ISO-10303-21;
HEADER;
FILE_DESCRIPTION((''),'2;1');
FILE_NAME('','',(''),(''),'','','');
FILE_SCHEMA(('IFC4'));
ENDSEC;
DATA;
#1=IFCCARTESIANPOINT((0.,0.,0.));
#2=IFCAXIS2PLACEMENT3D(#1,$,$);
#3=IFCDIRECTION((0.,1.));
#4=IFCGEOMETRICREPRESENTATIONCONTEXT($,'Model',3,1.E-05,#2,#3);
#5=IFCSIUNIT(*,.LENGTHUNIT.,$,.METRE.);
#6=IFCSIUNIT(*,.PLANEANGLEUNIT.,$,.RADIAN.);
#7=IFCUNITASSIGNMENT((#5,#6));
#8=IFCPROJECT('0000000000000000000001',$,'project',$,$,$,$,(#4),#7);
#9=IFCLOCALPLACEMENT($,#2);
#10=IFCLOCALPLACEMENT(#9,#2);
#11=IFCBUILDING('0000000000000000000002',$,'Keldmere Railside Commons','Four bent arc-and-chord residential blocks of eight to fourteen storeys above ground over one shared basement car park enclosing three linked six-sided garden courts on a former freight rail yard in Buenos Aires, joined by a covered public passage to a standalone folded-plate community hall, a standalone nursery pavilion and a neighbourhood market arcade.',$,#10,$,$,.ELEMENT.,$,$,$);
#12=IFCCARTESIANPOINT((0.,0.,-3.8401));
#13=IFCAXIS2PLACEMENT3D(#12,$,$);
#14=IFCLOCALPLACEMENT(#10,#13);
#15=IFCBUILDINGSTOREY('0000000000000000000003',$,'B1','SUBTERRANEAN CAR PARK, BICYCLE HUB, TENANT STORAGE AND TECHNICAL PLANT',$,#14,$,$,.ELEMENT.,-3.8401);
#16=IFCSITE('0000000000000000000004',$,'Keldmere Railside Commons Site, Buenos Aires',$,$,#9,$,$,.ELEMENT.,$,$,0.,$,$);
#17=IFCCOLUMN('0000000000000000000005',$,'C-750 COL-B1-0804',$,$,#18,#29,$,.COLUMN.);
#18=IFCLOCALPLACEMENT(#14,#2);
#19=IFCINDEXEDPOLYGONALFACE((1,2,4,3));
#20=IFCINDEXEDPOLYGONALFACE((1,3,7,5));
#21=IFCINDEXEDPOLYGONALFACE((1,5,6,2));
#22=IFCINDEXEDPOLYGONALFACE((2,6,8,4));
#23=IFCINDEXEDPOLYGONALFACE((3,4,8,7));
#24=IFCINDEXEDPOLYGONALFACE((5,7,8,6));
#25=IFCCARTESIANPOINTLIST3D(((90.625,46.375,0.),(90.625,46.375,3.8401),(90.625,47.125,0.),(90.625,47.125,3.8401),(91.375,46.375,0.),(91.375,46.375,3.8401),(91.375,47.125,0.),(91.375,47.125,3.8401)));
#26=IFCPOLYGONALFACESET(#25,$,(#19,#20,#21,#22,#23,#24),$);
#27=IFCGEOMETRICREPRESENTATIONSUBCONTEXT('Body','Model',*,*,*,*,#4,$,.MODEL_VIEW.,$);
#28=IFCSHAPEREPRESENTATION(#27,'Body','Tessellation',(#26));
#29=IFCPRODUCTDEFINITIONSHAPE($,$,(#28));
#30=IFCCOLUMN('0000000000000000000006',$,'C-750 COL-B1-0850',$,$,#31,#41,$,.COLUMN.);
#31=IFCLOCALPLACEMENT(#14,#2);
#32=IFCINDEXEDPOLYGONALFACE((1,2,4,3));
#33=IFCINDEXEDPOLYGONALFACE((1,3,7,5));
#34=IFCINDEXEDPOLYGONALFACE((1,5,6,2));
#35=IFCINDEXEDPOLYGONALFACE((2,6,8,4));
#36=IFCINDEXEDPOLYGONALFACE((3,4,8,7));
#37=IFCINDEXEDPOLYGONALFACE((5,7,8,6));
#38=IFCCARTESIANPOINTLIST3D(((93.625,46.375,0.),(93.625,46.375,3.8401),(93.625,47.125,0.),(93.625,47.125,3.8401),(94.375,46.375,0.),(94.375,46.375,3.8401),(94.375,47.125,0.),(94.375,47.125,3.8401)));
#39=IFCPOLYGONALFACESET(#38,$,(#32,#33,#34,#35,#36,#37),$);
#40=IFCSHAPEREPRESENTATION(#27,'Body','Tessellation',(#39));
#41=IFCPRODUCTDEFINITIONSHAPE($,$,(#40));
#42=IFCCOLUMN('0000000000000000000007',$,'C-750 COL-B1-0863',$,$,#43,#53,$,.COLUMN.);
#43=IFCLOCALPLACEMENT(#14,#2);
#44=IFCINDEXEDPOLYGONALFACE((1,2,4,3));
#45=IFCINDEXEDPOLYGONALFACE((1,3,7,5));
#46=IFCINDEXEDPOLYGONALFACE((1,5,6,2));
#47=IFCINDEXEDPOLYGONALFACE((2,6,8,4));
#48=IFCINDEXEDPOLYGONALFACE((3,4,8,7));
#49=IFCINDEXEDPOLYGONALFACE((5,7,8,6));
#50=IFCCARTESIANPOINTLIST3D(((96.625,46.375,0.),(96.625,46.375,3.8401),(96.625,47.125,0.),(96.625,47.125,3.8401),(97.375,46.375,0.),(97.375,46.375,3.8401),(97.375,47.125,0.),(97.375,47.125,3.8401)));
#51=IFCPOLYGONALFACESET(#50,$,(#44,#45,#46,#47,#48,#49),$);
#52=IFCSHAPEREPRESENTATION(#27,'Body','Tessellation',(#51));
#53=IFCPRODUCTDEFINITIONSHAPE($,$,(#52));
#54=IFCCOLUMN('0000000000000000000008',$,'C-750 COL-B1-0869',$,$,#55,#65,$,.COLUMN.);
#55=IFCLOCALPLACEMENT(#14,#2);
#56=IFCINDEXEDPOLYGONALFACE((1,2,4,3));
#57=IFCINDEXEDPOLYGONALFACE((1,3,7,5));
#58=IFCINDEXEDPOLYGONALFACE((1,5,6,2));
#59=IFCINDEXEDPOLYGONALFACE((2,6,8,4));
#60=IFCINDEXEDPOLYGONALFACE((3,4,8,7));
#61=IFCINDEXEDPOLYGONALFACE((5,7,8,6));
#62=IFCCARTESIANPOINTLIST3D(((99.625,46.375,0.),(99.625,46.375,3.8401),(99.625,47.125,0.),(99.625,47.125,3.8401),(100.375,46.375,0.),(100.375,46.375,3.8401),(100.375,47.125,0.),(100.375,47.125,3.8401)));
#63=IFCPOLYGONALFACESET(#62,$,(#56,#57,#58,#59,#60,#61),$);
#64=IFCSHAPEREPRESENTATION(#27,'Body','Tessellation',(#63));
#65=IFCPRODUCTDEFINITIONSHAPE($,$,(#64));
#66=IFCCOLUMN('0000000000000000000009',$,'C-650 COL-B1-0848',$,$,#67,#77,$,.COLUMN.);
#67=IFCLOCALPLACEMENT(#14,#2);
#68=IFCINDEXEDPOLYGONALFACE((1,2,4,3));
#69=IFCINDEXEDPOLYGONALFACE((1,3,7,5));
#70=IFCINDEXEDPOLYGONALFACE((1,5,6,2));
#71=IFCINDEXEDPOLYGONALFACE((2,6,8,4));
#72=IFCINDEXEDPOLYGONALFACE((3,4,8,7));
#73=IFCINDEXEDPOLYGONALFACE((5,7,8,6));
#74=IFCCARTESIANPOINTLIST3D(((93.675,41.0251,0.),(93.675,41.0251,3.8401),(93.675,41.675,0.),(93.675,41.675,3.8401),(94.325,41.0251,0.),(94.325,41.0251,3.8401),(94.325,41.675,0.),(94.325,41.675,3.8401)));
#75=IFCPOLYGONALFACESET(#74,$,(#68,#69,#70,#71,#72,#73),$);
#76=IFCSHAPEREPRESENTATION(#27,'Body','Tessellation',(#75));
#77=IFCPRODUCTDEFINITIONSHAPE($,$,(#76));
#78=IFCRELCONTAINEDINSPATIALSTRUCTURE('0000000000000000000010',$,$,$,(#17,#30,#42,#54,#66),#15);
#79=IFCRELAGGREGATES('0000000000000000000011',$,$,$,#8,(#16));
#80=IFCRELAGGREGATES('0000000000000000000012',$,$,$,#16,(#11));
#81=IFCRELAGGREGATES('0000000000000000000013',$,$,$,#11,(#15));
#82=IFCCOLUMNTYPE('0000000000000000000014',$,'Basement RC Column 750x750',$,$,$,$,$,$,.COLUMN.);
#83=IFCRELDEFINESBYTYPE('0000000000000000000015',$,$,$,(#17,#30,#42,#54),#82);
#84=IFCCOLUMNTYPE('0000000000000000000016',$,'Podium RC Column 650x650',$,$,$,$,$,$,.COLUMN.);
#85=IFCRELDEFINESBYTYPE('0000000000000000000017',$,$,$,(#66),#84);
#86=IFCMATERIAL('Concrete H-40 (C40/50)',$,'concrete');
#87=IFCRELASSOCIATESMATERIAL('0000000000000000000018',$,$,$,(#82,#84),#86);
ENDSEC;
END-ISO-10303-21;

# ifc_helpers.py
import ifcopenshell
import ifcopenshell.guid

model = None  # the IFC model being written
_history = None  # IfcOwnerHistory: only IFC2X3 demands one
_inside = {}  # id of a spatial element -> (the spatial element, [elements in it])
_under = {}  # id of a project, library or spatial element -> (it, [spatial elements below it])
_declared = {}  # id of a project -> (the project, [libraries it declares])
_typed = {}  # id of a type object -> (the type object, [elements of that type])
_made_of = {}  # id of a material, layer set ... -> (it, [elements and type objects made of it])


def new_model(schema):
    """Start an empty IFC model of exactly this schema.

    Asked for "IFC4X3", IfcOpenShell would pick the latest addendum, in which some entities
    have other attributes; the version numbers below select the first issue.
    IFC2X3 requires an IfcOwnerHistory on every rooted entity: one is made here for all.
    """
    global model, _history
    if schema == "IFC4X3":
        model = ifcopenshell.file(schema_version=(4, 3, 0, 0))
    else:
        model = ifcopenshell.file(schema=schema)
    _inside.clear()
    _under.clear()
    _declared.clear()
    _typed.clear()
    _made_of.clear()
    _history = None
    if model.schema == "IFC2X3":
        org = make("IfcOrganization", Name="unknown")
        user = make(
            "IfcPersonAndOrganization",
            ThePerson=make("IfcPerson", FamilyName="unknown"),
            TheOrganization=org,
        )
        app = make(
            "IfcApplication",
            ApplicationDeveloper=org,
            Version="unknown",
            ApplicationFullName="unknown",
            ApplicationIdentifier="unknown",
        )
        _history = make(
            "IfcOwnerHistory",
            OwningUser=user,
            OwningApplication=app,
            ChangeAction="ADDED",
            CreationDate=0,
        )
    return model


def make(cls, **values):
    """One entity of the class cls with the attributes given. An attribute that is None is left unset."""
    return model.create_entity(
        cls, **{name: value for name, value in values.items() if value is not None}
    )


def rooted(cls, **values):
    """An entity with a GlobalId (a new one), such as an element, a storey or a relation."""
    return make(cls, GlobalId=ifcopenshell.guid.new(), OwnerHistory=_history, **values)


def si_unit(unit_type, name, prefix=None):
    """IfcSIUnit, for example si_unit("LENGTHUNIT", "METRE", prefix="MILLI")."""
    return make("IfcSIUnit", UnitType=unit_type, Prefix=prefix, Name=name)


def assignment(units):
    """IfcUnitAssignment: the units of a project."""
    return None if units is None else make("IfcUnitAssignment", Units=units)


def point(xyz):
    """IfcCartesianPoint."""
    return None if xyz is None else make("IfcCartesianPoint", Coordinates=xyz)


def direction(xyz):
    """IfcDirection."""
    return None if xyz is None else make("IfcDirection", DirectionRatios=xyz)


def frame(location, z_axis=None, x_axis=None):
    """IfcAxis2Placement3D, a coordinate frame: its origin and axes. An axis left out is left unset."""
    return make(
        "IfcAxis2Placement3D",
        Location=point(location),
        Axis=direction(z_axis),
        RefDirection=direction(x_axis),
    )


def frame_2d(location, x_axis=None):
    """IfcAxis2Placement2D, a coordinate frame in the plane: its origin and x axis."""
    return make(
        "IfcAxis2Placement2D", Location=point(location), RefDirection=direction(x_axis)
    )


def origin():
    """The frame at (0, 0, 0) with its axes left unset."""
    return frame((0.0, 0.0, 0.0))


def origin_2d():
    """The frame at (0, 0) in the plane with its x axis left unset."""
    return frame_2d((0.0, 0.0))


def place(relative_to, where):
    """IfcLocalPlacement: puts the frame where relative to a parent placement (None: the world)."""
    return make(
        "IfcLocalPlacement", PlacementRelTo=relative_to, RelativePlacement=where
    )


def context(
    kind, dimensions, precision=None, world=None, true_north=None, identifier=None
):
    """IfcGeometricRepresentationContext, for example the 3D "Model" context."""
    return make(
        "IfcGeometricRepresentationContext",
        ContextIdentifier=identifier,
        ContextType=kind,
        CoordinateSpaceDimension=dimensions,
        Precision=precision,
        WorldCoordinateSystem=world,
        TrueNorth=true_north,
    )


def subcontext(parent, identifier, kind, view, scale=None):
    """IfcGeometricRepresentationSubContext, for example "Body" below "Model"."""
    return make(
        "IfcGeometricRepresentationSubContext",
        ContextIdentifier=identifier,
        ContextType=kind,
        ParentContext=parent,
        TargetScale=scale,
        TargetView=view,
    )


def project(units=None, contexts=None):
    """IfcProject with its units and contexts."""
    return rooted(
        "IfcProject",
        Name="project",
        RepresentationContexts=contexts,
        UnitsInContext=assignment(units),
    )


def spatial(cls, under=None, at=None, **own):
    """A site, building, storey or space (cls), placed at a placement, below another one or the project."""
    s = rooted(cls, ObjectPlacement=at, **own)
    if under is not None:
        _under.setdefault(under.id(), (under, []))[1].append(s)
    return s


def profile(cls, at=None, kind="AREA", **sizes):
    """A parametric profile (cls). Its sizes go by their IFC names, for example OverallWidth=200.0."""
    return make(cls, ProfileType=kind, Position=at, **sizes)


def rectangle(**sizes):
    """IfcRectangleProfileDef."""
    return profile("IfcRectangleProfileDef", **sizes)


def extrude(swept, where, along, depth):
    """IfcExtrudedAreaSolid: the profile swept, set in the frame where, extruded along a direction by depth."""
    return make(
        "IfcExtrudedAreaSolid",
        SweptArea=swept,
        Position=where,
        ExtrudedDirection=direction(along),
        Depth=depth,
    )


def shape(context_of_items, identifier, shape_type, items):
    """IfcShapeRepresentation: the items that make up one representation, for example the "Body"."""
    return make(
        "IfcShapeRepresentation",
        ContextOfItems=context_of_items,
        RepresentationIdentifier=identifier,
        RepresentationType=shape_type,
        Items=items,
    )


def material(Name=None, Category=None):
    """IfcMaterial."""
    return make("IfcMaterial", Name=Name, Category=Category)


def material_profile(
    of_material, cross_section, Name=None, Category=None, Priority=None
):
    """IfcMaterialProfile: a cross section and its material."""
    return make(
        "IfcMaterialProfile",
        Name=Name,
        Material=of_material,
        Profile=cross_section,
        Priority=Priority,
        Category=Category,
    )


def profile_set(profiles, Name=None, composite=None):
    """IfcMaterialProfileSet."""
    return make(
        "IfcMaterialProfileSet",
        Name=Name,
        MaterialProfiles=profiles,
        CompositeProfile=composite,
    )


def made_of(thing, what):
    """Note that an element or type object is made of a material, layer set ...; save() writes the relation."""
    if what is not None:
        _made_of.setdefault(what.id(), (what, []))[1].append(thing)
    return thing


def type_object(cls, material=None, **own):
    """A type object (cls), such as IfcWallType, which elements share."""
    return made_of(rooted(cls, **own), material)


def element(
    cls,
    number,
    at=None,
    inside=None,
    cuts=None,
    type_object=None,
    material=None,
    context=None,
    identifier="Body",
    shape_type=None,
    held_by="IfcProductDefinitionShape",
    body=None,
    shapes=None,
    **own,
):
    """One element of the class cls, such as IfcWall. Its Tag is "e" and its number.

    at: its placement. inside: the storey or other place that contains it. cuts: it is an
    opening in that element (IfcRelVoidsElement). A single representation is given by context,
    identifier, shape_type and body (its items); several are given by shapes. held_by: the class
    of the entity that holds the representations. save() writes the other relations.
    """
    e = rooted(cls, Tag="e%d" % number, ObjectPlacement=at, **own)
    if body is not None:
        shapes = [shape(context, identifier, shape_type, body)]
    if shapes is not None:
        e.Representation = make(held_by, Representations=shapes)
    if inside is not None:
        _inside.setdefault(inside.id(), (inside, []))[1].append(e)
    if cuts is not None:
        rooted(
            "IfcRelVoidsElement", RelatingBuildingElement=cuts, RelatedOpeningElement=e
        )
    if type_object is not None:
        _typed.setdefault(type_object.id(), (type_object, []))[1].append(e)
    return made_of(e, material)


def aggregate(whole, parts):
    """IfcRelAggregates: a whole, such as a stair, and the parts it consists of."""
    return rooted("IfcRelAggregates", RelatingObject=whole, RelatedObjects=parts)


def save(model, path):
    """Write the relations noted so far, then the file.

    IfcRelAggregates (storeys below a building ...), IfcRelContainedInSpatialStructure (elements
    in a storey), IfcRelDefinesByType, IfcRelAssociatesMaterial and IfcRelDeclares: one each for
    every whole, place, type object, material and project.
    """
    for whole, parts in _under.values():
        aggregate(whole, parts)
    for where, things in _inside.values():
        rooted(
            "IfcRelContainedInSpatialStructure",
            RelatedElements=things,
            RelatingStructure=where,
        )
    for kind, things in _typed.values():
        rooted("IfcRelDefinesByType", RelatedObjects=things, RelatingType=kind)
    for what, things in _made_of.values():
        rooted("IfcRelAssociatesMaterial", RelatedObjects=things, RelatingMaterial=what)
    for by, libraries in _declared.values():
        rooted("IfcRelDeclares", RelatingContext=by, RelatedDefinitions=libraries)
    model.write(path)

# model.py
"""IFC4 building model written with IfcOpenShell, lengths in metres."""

from ifc_helpers import new_model, si_unit, direction, frame, origin, origin_2d, place, context, subcontext, project, spatial, rectangle, extrude, material, material_profile, profile_set, type_object, element, save


model = new_model("IFC4")

# Units and contexts
model_context = context("Model", 3, precision=1e-05, world=origin(), true_north=direction((0.0, 1.0)))
body_context = subcontext(model_context, "Body", "Model", "MODEL_VIEW")
ifc_project = project(units=[si_unit("LENGTHUNIT", "METRE"), si_unit("PLANEANGLEUNIT", "RADIAN")], contexts=[model_context])

# Site, building, storey
site_placement = place(None, origin())
site = spatial("IfcSite", under=ifc_project, at=site_placement, Name="Keldmere Railside Commons Site, Buenos Aires", CompositionType="ELEMENT", RefElevation=0.0)
building_placement = place(site_placement, origin())
building = spatial("IfcBuilding", under=site, at=building_placement, Name="Keldmere Railside Commons", Description="Four bent arc-and-chord residential blocks of eight to fourteen storeys above ground over one shared basement car park enclosing three linked six-sided garden courts on a former freight rail yard in Buenos Aires, joined by a covered public passage to a standalone folded-plate community hall, a standalone nursery pavilion and a neighbourhood market arcade.", CompositionType="ELEMENT")
storey_placement = place(building_placement, frame((0.0, 0.0, -3.8401)))
storey = spatial("IfcBuildingStorey", under=building, at=storey_placement, Name="B1", Description="SUBTERRANEAN CAR PARK, BICYCLE HUB, TENANT STORAGE AND TECHNICAL PLANT", CompositionType="ELEMENT", Elevation=-3.8401)

# Shared definitions
ifc_material_1 = material(Name="Concrete H-40 (C40/50)", Category="concrete")

# Columns
ifc_material_profile_1 = material_profile(ifc_material_1, rectangle(XDim=0.75, YDim=0.75, at=origin_2d()), Name="RC-750x750")
ifc_profile_set_1 = profile_set([ifc_material_profile_1], Name="Concrete H-40 (C40/50)")
column_type_1 = type_object("IfcColumnType", Name="Basement RC Column 750x750", PredefinedType="COLUMN", material=ifc_profile_set_1)
for number, where, z_axis, x_axis, name in (
    (1, (91.0, 46.75, 0.0), (0.0, 0.0, 1.0), (1.0, 0.0, 0.0), "C-750 COL-B1-0804"),
    (2, (94.0, 46.75, 0.0), (0.0, 0.0, 1.0), (1.0, 0.0, 0.0), "C-750 COL-B1-0850"),
    (3, (97.0, 46.75, 0.0), (0.0, 0.0, 1.0), (1.0, 0.0, 0.0), "C-750 COL-B1-0863"),
    (4, (100.0, 46.75, 0.0), (0.0, 0.0, 1.0), (1.0, 0.0, 0.0), "C-750 COL-B1-0869"),
):
    element("IfcColumn", number, at=place(storey_placement, frame(where, z_axis=z_axis, x_axis=x_axis)), inside=storey, type_object=column_type_1, Name=name, PredefinedType="COLUMN", context=body_context, shape_type="SweptSolid", body=[
        extrude(rectangle(XDim=0.75, YDim=0.75, at=origin_2d()), origin(), (0.0, 0.0, 1.0), 3.8401),
    ])
ifc_material_profile_2 = material_profile(ifc_material_1, rectangle(XDim=0.6499, YDim=0.6499, at=origin_2d()), Name="RC-650x650")
ifc_profile_set_2 = profile_set([ifc_material_profile_2], Name="Concrete H-40 (C40/50)")
column_type_2 = type_object("IfcColumnType", Name="Podium RC Column 650x650", PredefinedType="COLUMN", material=ifc_profile_set_2)
column_placement = place(storey_placement, frame((94.0, 41.3501, 0.0), z_axis=(0.0, 0.0, 1.0), x_axis=(1.0, 0.0, 0.0)))
element("IfcColumn", 5, at=column_placement, inside=storey, type_object=column_type_2, Name="C-650 COL-B1-0848", PredefinedType="COLUMN", context=body_context, shape_type="SweptSolid", body=[
    extrude(rectangle(XDim=0.6499, YDim=0.6499, at=origin_2d()), origin(), (0.0, 0.0, 1.0), 3.8401),
])

save(model, "model.ifc")
